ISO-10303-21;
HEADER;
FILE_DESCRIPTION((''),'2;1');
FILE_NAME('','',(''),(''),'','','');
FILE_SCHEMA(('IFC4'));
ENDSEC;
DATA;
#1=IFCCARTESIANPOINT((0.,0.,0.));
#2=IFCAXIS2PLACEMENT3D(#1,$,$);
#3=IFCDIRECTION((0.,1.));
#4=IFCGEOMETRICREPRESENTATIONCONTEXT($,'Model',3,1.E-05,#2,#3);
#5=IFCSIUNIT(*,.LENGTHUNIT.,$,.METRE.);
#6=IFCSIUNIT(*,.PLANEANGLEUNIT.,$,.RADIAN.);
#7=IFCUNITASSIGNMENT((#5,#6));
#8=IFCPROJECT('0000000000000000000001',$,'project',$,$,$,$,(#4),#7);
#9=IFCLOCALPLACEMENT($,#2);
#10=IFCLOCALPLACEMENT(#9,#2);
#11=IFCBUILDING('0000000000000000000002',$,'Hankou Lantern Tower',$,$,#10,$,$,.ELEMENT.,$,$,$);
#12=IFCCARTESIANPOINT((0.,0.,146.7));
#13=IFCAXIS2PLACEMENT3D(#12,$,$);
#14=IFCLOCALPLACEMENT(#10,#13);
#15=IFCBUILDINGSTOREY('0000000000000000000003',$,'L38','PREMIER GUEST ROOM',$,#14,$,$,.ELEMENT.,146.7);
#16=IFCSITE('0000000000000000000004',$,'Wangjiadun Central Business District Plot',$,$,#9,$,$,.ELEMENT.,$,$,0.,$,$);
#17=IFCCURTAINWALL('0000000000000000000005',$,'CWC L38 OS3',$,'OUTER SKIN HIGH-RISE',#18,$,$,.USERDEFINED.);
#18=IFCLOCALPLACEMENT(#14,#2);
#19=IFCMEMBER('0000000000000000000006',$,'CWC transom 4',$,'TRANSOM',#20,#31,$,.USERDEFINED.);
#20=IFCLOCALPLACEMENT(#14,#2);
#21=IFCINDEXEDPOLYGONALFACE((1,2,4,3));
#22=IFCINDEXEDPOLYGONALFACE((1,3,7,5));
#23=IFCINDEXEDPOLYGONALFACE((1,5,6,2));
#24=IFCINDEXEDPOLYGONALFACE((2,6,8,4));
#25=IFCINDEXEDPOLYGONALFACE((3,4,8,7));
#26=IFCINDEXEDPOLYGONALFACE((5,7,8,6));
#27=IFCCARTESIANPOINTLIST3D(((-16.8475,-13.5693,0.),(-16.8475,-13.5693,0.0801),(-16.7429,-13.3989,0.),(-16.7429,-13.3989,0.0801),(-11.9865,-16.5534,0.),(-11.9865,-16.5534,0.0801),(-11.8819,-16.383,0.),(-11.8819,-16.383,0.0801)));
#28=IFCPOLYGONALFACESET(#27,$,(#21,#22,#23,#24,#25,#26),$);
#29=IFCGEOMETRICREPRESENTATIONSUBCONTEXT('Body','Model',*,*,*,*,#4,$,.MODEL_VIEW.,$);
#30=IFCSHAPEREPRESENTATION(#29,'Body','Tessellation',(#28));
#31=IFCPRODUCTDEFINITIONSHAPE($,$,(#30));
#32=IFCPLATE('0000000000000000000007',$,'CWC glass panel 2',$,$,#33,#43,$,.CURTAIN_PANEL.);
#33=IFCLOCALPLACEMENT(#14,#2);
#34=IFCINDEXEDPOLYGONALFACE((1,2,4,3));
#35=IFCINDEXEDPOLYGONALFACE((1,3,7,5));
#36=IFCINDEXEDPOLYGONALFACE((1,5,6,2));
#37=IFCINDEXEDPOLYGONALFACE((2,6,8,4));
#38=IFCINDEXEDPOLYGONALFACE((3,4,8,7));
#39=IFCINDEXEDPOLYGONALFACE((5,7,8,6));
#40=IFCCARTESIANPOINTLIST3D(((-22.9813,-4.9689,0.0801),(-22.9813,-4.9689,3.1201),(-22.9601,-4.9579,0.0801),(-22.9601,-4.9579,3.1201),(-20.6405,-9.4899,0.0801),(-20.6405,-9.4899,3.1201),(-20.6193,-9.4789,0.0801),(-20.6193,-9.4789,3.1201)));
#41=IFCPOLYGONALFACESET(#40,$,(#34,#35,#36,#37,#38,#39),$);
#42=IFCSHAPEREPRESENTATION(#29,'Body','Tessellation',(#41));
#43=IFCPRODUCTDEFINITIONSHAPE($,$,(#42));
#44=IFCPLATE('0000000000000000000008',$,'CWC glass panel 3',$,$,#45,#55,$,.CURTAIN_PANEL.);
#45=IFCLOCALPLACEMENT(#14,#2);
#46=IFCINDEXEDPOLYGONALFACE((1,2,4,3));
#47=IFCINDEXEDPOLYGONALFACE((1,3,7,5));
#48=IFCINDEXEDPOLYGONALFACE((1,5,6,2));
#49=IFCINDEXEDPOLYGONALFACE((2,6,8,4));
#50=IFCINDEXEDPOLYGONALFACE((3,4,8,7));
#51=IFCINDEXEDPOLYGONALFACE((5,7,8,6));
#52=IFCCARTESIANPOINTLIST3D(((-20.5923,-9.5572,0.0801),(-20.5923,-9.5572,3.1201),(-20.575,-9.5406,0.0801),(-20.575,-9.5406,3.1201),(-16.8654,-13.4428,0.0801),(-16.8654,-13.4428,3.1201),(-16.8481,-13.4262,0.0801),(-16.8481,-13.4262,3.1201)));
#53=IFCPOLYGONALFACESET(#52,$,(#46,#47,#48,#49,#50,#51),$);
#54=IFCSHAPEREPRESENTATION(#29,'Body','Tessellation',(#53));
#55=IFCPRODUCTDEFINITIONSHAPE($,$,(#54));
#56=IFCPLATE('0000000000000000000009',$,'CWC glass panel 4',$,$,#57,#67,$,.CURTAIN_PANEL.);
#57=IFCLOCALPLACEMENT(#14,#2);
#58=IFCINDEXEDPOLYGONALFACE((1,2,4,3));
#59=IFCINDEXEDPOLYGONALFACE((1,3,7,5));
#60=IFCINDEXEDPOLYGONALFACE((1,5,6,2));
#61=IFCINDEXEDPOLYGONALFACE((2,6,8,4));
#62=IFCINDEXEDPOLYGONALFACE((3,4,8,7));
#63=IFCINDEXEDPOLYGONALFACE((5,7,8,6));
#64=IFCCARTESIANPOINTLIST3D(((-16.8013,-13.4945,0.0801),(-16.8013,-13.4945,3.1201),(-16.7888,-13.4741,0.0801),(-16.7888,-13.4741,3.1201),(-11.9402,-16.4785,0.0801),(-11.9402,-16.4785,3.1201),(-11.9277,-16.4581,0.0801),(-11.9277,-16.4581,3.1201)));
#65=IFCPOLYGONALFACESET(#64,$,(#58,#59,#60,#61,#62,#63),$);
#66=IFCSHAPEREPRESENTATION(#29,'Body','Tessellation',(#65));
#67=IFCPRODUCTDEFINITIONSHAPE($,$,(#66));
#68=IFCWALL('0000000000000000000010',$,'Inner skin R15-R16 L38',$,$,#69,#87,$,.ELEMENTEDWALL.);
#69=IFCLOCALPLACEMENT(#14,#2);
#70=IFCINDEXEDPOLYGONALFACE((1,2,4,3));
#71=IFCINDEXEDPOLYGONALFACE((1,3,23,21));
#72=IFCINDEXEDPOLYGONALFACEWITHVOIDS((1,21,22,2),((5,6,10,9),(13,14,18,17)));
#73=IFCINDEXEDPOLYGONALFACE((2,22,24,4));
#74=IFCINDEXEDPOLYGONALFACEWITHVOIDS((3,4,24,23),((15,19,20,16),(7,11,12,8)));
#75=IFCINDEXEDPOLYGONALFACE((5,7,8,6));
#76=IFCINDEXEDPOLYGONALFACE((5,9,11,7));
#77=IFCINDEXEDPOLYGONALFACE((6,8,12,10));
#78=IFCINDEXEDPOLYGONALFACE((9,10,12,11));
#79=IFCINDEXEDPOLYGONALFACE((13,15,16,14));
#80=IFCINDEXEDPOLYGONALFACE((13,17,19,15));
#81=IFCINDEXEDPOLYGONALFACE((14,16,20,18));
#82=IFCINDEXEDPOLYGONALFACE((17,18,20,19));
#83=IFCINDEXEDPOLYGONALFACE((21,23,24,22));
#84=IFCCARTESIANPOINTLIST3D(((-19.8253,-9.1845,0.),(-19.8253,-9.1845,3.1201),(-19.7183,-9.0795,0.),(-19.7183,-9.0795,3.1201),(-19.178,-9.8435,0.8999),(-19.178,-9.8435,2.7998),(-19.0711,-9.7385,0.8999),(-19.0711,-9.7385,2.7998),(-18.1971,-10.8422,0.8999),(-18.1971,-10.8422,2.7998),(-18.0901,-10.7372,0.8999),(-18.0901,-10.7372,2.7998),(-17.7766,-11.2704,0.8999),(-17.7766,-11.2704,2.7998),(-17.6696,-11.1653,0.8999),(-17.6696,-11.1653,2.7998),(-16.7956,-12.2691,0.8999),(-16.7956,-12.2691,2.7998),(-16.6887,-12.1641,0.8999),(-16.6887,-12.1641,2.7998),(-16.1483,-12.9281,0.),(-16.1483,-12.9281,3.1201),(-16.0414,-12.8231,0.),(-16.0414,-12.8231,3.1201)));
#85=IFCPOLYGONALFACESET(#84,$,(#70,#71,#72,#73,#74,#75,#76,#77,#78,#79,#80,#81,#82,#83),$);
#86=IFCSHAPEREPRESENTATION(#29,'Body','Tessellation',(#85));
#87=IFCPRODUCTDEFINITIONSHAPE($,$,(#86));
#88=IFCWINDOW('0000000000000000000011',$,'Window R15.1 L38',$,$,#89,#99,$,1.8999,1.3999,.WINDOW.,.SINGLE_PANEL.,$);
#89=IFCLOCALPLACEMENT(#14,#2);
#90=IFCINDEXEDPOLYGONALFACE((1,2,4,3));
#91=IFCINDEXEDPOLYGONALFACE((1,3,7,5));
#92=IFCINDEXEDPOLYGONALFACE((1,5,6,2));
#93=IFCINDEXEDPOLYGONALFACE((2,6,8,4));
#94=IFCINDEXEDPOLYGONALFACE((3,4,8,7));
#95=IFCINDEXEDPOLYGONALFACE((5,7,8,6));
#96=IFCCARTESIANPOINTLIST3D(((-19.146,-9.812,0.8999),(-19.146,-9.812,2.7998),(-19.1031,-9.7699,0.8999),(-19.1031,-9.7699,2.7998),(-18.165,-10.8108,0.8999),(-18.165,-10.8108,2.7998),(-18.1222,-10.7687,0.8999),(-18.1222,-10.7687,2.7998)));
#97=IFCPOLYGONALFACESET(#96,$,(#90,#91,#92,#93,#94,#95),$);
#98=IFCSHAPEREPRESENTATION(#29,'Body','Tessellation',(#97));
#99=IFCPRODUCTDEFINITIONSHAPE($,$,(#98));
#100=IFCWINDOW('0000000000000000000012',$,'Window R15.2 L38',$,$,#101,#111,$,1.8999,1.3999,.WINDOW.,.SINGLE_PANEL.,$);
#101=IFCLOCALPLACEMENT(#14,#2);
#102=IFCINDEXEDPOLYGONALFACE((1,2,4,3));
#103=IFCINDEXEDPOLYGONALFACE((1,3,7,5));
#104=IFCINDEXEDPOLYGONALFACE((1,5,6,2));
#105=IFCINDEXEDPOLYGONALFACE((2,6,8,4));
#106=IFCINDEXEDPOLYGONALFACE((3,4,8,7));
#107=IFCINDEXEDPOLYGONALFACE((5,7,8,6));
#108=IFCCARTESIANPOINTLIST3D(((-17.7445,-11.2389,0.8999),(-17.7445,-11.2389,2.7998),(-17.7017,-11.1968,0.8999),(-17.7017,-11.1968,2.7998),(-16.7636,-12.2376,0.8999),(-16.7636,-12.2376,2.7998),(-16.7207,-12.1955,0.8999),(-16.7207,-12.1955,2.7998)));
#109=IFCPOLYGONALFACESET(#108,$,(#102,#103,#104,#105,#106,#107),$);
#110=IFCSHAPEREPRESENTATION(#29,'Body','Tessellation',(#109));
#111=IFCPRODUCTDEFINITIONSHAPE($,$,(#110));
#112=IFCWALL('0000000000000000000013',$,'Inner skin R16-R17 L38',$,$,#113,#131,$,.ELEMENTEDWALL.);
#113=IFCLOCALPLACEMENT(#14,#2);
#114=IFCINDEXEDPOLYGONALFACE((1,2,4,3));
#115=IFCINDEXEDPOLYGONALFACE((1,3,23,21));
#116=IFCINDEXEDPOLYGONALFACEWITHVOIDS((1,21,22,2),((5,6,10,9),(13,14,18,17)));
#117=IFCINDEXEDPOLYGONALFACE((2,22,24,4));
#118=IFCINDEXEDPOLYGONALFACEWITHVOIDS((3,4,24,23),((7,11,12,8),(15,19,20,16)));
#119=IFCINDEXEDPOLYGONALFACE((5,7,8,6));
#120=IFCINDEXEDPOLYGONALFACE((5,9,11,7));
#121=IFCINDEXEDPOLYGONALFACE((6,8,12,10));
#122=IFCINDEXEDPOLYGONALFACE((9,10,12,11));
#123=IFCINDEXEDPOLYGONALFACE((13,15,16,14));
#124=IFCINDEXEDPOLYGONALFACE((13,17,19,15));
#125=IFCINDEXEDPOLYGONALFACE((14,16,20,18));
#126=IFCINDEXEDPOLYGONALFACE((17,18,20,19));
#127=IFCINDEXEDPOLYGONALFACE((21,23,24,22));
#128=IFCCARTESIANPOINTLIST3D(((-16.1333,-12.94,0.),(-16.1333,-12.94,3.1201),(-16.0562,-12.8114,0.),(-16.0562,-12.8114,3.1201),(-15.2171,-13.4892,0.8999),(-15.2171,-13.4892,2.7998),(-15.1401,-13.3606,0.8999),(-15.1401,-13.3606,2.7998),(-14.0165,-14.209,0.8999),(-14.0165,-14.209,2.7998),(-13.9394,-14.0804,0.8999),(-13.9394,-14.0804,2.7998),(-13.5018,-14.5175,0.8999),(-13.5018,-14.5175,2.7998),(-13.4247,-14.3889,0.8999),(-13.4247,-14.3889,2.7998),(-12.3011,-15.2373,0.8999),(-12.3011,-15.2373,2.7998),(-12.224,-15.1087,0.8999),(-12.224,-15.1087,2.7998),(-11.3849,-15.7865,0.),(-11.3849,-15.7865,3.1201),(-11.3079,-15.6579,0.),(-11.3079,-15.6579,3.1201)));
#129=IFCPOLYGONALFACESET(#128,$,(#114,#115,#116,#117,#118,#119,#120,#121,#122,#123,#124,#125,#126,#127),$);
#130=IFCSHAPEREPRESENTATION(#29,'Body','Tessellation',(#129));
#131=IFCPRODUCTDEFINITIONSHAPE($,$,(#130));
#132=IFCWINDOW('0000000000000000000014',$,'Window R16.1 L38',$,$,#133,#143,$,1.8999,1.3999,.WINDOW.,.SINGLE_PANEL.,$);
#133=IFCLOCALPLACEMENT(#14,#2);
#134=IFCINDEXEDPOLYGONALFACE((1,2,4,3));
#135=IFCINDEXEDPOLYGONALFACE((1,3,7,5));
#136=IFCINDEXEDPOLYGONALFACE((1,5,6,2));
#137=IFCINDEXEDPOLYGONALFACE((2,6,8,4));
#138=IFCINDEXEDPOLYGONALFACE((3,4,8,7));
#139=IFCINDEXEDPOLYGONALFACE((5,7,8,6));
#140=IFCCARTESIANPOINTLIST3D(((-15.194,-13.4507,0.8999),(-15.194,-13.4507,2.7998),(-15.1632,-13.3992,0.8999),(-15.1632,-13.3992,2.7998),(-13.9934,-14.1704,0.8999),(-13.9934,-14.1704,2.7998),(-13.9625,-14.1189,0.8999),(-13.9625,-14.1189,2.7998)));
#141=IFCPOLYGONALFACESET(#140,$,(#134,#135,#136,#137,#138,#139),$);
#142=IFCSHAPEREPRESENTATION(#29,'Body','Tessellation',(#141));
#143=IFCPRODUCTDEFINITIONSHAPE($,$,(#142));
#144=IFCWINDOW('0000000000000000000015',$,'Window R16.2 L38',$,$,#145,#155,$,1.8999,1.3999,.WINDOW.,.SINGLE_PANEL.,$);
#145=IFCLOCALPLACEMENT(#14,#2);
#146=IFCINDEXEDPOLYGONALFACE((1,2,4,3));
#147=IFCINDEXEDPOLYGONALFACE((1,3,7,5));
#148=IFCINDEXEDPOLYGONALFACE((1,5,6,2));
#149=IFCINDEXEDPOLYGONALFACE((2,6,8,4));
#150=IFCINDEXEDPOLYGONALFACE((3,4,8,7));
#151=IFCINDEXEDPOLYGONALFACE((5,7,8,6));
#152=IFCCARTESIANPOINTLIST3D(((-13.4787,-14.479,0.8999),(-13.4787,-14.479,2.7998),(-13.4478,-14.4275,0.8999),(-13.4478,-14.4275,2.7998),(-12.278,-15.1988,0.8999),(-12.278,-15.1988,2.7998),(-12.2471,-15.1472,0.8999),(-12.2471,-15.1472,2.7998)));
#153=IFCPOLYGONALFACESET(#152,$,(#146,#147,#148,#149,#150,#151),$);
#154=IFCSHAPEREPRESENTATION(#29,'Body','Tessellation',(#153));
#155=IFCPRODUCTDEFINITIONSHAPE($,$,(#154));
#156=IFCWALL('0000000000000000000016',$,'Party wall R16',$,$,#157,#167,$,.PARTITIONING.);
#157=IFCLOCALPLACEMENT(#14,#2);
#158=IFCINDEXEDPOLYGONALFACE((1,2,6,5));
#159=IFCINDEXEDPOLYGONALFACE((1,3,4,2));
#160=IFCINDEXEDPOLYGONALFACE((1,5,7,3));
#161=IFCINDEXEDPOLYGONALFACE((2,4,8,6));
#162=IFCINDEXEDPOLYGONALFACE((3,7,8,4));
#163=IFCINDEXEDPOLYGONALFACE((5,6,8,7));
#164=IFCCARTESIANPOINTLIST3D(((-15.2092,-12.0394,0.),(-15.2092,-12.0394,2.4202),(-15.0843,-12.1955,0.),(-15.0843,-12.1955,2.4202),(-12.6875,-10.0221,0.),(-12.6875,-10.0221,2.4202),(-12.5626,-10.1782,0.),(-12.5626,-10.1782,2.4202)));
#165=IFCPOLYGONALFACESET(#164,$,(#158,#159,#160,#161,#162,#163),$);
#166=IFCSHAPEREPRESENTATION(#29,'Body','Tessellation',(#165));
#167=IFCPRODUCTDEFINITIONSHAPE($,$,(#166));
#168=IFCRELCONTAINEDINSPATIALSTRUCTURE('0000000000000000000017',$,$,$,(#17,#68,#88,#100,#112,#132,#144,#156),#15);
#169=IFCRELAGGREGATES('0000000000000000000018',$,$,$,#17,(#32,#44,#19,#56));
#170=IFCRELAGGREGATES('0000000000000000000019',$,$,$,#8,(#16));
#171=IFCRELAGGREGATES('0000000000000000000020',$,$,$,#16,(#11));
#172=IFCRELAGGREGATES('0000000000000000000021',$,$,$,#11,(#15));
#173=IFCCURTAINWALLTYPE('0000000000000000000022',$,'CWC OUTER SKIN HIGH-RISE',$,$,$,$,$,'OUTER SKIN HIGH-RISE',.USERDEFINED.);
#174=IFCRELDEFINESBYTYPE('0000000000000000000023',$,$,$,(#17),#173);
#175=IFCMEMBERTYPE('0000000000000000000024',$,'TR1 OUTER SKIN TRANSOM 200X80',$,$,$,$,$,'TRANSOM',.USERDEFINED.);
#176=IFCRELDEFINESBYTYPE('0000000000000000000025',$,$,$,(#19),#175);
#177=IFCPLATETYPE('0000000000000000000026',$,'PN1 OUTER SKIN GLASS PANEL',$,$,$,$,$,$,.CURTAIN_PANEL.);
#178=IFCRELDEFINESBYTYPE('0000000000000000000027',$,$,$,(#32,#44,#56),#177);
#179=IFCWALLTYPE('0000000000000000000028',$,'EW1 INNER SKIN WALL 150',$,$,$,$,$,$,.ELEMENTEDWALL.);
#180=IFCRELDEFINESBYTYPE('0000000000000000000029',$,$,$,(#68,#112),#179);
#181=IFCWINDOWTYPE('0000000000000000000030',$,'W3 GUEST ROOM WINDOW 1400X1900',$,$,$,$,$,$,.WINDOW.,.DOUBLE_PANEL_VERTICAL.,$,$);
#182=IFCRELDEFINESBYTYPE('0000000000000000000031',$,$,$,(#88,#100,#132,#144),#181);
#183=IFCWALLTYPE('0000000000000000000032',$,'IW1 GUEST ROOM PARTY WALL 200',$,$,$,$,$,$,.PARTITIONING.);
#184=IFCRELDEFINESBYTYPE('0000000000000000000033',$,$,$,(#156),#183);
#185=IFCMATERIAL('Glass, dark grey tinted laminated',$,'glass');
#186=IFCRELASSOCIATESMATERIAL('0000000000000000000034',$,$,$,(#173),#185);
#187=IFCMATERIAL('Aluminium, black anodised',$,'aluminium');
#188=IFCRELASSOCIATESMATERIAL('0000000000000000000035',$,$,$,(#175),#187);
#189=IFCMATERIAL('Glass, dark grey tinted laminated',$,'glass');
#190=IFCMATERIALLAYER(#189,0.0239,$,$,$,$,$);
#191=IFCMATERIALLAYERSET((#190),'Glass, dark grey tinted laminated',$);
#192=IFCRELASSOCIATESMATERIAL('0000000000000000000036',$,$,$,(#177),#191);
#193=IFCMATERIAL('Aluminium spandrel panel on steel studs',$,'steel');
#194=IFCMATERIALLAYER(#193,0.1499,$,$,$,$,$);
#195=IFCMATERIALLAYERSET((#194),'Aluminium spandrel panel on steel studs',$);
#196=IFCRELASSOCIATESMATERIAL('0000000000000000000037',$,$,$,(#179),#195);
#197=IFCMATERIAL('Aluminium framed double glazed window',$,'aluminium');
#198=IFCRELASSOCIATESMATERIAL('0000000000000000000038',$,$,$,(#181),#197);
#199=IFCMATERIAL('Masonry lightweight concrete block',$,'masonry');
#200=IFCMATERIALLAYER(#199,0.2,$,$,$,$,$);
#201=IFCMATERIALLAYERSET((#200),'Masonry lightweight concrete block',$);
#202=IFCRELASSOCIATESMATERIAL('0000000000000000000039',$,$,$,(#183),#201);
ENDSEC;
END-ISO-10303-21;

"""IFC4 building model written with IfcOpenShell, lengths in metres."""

from ifc_helpers import new_model, si_unit, direction, frame, frame_2d, origin, origin_2d, place, context, subcontext, project, spatial, rectangle, extrude, material, layer, layer_set, material_profile, profile_set, type_object, element, fill, aggregate, save


model = new_model("IFC4")

# Units and contexts
model_context = context("Model", 3, precision=1e-05, world=origin(), true_north=direction((0.0, 1.0)))
body_context = subcontext(model_context, "Body", "Model", "MODEL_VIEW")
ifc_project = project(units=[si_unit("LENGTHUNIT", "METRE"), si_unit("PLANEANGLEUNIT", "RADIAN")], contexts=[model_context])

# Site, building, storey
site_placement = place(None, origin())
site = spatial("IfcSite", under=ifc_project, at=site_placement, Name="Wangjiadun Central Business District Plot", CompositionType="ELEMENT", RefElevation=0.0)
building_placement = place(site_placement, origin())
building = spatial("IfcBuilding", under=site, at=building_placement, Name="Hankou Lantern Tower", CompositionType="ELEMENT")
storey_placement = place(building_placement, frame((0.0, 0.0, 146.7)))
storey = spatial("IfcBuildingStorey", under=building, at=storey_placement, Name="L38", Description="PREMIER GUEST ROOM", CompositionType="ELEMENT", Elevation=146.7)

# Curtain wall
ifc_material_1 = material(Name="Glass, dark grey tinted laminated", Category="glass")
curtain_wall_type = type_object("IfcCurtainWallType", Name="CWC OUTER SKIN HIGH-RISE", ElementType="OUTER SKIN HIGH-RISE", PredefinedType="USERDEFINED", material=ifc_material_1)
curtain_wall_placement = place(storey_placement, origin())
curtain_wall = element("IfcCurtainWall", 1, at=curtain_wall_placement, inside=storey, type_object=curtain_wall_type, Name="CWC L38 OS3", ObjectType="OUTER SKIN HIGH-RISE", PredefinedType="USERDEFINED")

# Member
ifc_material_2 = material(Name="Aluminium, black anodised", Category="aluminium")
ifc_material_profile_1 = material_profile(ifc_material_2, rectangle(XDim=0.2, YDim=0.0801, at=origin_2d()), Name="TR1 200X80")
ifc_profile_set_1 = profile_set([ifc_material_profile_1], Name="Aluminium, black anodised")
member_type_1 = type_object("IfcMemberType", Name="TR1 OUTER SKIN TRANSOM 200X80", ElementType="TRANSOM", PredefinedType="USERDEFINED", material=ifc_profile_set_1)
member_1_placement = place(storey_placement, frame((-16.7952, -13.4841, 0.04), z_axis=(0.852229, -0.523168, 0.0), x_axis=(0.523168, 0.852229, 0.0)))
member_1 = element("IfcMember", 2, at=member_1_placement, type_object=member_type_1, Name="CWC transom 4", ObjectType="TRANSOM", PredefinedType="USERDEFINED", context=body_context, shape_type="SweptSolid", body=[
    extrude(rectangle(XDim=0.2, YDim=0.0801, at=origin_2d()), origin(), (0.0, 0.0, 1.0), 5.7039),
])

# Plates
ifc_material_3 = material(Name="Glass, dark grey tinted laminated", Category="glass")
ifc_layer_1 = layer(ifc_material_3, 0.0239)
ifc_layer_set_1 = layer_set([ifc_layer_1], Name="Glass, dark grey tinted laminated")
plate_type = type_object("IfcPlateType", Name="PN1 OUTER SKIN GLASS PANEL", PredefinedType="CURTAIN_PANEL", material=ifc_layer_set_1)
plate_1_placement = place(storey_placement, frame((-21.8003, -7.2239, 0.0801), z_axis=(0.0, 0.0, 1.0), x_axis=(0.459791, -0.888027, 0.0)))
plate_1 = element("IfcPlate", 3, at=plate_1_placement, type_object=plate_type, Name="CWC glass panel 2", PredefinedType="CURTAIN_PANEL", context=body_context, shape_type="SweptSolid", body=[
    extrude(rectangle(XDim=5.0911, YDim=0.0239, at=origin_2d()), origin(), (0.0, 0.0, 1.0), 3.04),
])
plate_2_placement = place(storey_placement, frame((-18.7202, -11.4917, 0.0801), z_axis=(0.0, 0.0, 1.0), x_axis=(0.692216, -0.721691, 0.0)))
plate_2 = element("IfcPlate", 4, at=plate_2_placement, type_object=plate_type, Name="CWC glass panel 3", PredefinedType="CURTAIN_PANEL", context=body_context, shape_type="SweptSolid", body=[
    extrude(rectangle(XDim=5.384, YDim=0.0239, at=origin_2d()), origin(), (0.0, 0.0, 1.0), 3.04),
])
plate_3_placement = place(storey_placement, frame((-14.3645, -14.9763, 0.0801), z_axis=(0.0, 0.0, 1.0), x_axis=(0.852237, -0.523156, 0.0)))
plate_3 = element("IfcPlate", 5, at=plate_3_placement, type_object=plate_type, Name="CWC glass panel 4", PredefinedType="CURTAIN_PANEL", context=body_context, shape_type="SweptSolid", body=[
    extrude(rectangle(XDim=5.7039, YDim=0.0239, at=origin_2d()), origin(), (0.0, 0.0, 1.0), 3.04),
])
aggregate(curtain_wall, [plate_1, plate_2, member_1, plate_3])

# Walls, openings, windows
ifc_material_4 = material(Name="Aluminium spandrel panel on steel studs", Category="steel")
ifc_layer_2 = layer(ifc_material_4, 0.1499)
ifc_layer_set_2 = layer_set([ifc_layer_2], Name="Aluminium spandrel panel on steel studs")
wall_type_1 = type_object("IfcWallType", Name="EW1 INNER SKIN WALL 150", PredefinedType="ELEMENTEDWALL", material=ifc_layer_set_2)
wall_1_placement = place(storey_placement, frame((-19.7717, -9.1321, 0.0), z_axis=(0.0, 0.0, 1.0), x_axis=(0.700727, -0.713429, 0.0)))
wall_1 = element("IfcWall", 6, at=wall_1_placement, inside=storey, type_object=wall_type_1, Name="Inner skin R15-R16 L38", PredefinedType="ELEMENTEDWALL", context=body_context, shape_type="SweptSolid", body=[
    extrude(rectangle(XDim=5.2473, YDim=0.1499, at=frame_2d((2.6235, 0.0))), origin(), (0.0, 0.0, 1.0), 3.1201),
])
opening_1_placement = place(wall_1_placement, frame((0.9236, 0.0, 0.8999)))
opening_1 = element("IfcOpeningElement", 7, at=opening_1_placement, cuts=wall_1, PredefinedType="OPENING", context=body_context, shape_type="SweptSolid", body=[
    extrude(rectangle(XDim=1.3999, YDim=1.8999, at=frame_2d((0.7, 0.95))), frame((0.0, 0.085, 0.0), z_axis=(0.0, -1.0, 0.0), x_axis=(1.0, 0.0, 0.0)), (0.0, 0.0, 1.0), 0.1699),
])
opening_2_placement = place(wall_1_placement, frame((2.9236, 0.0, 0.8999)))
opening_2 = element("IfcOpeningElement", 8, at=opening_2_placement, cuts=wall_1, PredefinedType="OPENING", context=body_context, shape_type="SweptSolid", body=[
    extrude(rectangle(XDim=1.3999, YDim=1.8999, at=frame_2d((0.7, 0.95))), frame((0.0, 0.085, 0.0), z_axis=(0.0, -1.0, 0.0), x_axis=(1.0, 0.0, 0.0)), (0.0, 0.0, 1.0), 0.1699),
])
ifc_material_5 = material(Name="Aluminium framed double glazed window", Category="aluminium")
window_type = type_object("IfcWindowType", Name="W3 GUEST ROOM WINDOW 1400X1900", PartitioningType="DOUBLE_PANEL_VERTICAL", PredefinedType="WINDOW", material=ifc_material_5)
window_1_placement = place(opening_1_placement, origin())
window_1 = element("IfcWindow", 9, at=window_1_placement, inside=storey, type_object=window_type, Name="Window R15.1 L38", OverallHeight=1.8999, OverallWidth=1.3999, PartitioningType="SINGLE_PANEL", PredefinedType="WINDOW", context=body_context, shape_type="SweptSolid", body=[
    extrude(rectangle(XDim=1.3999, YDim=1.8999, at=frame_2d((0.7, 0.95))), frame((0.0, 0.03, 0.0), z_axis=(0.0, -1.0, 0.0), x_axis=(1.0, 0.0, 0.0)), (0.0, 0.0, 1.0), 0.0601),
])
fill(opening_1, window_1)
window_2_placement = place(opening_2_placement, origin())
window_2 = element("IfcWindow", 10, at=window_2_placement, inside=storey, type_object=window_type, Name="Window R15.2 L38", OverallHeight=1.8999, OverallWidth=1.3999, PartitioningType="SINGLE_PANEL", PredefinedType="WINDOW", context=body_context, shape_type="SweptSolid", body=[
    extrude(rectangle(XDim=1.3999, YDim=1.8999, at=frame_2d((0.7, 0.95))), frame((0.0, 0.03, 0.0), z_axis=(0.0, -1.0, 0.0), x_axis=(1.0, 0.0, 0.0)), (0.0, 0.0, 1.0), 0.0601),
])
fill(opening_2, window_2)
wall_2_placement = place(storey_placement, frame((-16.0947, -12.8757, 0.0), z_axis=(0.0, 0.0, 1.0), x_axis=(0.857695, -0.514158, 0.0)))
wall_2 = element("IfcWall", 11, at=wall_2_placement, inside=storey, type_object=wall_type_1, Name="Inner skin R16-R17 L38", PredefinedType="ELEMENTEDWALL", context=body_context, shape_type="SweptSolid", body=[
    extrude(rectangle(XDim=5.5361, YDim=0.1499, at=frame_2d((2.7681, 0.0))), origin(), (0.0, 0.0, 1.0), 3.1201),
])
opening_3_placement = place(wall_2_placement, frame((1.0681, 0.0, 0.8999)))
opening_3 = element("IfcOpeningElement", 12, at=opening_3_placement, cuts=wall_2, PredefinedType="OPENING", context=body_context, shape_type="SweptSolid", body=[
    extrude(rectangle(XDim=1.3999, YDim=1.8999, at=frame_2d((0.7, 0.95))), frame((0.0, 0.085, 0.0), z_axis=(0.0, -1.0, 0.0), x_axis=(1.0, 0.0, 0.0)), (0.0, 0.0, 1.0), 0.1699),
])
opening_4_placement = place(wall_2_placement, frame((3.0681, 0.0, 0.8999)))
opening_4 = element("IfcOpeningElement", 13, at=opening_4_placement, cuts=wall_2, PredefinedType="OPENING", context=body_context, shape_type="SweptSolid", body=[
    extrude(rectangle(XDim=1.3999, YDim=1.8999, at=frame_2d((0.7, 0.95))), frame((0.0, 0.085, 0.0), z_axis=(0.0, -1.0, 0.0), x_axis=(1.0, 0.0, 0.0)), (0.0, 0.0, 1.0), 0.1699),
])
window_3_placement = place(opening_3_placement, origin())
window_3 = element("IfcWindow", 14, at=window_3_placement, inside=storey, type_object=window_type, Name="Window R16.1 L38", OverallHeight=1.8999, OverallWidth=1.3999, PartitioningType="SINGLE_PANEL", PredefinedType="WINDOW", context=body_context, shape_type="SweptSolid", body=[
    extrude(rectangle(XDim=1.3999, YDim=1.8999, at=frame_2d((0.7, 0.95))), frame((0.0, 0.03, 0.0), z_axis=(0.0, -1.0, 0.0), x_axis=(1.0, 0.0, 0.0)), (0.0, 0.0, 1.0), 0.0601),
])
fill(opening_3, window_3)
window_4_placement = place(opening_4_placement, origin())
window_4 = element("IfcWindow", 15, at=window_4_placement, inside=storey, type_object=window_type, Name="Window R16.2 L38", OverallHeight=1.8999, OverallWidth=1.3999, PartitioningType="SINGLE_PANEL", PredefinedType="WINDOW", context=body_context, shape_type="SweptSolid", body=[
    extrude(rectangle(XDim=1.3999, YDim=1.8999, at=frame_2d((0.7, 0.95))), frame((0.0, 0.03, 0.0), z_axis=(0.0, -1.0, 0.0), x_axis=(1.0, 0.0, 0.0)), (0.0, 0.0, 1.0), 0.0601),
])
fill(opening_4, window_4)

# Wall
ifc_material_6 = material(Name="Masonry lightweight concrete block", Category="masonry")
ifc_layer_3 = layer(ifc_material_6, 0.2)
ifc_layer_set_3 = layer_set([ifc_layer_3], Name="Masonry lightweight concrete block")
wall_type_2 = type_object("IfcWallType", Name="IW1 GUEST ROOM PARTY WALL 200", PredefinedType="PARTITIONING", material=ifc_layer_set_3)
wall_3_placement = place(storey_placement, frame((-12.625, -10.1001, 0.0), z_axis=(0.0, 0.0, 1.0), x_axis=(-0.780876, -0.624686, 0.0)))
element("IfcWall", 16, at=wall_3_placement, inside=storey, type_object=wall_type_2, Name="Party wall R16", PredefinedType="PARTITIONING", context=body_context, shape_type="SweptSolid", body=[
    extrude(rectangle(XDim=3.2292, YDim=0.2, at=frame_2d((1.6147, 0.0))), origin(), (0.0, 0.0, 1.0), 2.4202),
])

save(model, "model.ifc")
